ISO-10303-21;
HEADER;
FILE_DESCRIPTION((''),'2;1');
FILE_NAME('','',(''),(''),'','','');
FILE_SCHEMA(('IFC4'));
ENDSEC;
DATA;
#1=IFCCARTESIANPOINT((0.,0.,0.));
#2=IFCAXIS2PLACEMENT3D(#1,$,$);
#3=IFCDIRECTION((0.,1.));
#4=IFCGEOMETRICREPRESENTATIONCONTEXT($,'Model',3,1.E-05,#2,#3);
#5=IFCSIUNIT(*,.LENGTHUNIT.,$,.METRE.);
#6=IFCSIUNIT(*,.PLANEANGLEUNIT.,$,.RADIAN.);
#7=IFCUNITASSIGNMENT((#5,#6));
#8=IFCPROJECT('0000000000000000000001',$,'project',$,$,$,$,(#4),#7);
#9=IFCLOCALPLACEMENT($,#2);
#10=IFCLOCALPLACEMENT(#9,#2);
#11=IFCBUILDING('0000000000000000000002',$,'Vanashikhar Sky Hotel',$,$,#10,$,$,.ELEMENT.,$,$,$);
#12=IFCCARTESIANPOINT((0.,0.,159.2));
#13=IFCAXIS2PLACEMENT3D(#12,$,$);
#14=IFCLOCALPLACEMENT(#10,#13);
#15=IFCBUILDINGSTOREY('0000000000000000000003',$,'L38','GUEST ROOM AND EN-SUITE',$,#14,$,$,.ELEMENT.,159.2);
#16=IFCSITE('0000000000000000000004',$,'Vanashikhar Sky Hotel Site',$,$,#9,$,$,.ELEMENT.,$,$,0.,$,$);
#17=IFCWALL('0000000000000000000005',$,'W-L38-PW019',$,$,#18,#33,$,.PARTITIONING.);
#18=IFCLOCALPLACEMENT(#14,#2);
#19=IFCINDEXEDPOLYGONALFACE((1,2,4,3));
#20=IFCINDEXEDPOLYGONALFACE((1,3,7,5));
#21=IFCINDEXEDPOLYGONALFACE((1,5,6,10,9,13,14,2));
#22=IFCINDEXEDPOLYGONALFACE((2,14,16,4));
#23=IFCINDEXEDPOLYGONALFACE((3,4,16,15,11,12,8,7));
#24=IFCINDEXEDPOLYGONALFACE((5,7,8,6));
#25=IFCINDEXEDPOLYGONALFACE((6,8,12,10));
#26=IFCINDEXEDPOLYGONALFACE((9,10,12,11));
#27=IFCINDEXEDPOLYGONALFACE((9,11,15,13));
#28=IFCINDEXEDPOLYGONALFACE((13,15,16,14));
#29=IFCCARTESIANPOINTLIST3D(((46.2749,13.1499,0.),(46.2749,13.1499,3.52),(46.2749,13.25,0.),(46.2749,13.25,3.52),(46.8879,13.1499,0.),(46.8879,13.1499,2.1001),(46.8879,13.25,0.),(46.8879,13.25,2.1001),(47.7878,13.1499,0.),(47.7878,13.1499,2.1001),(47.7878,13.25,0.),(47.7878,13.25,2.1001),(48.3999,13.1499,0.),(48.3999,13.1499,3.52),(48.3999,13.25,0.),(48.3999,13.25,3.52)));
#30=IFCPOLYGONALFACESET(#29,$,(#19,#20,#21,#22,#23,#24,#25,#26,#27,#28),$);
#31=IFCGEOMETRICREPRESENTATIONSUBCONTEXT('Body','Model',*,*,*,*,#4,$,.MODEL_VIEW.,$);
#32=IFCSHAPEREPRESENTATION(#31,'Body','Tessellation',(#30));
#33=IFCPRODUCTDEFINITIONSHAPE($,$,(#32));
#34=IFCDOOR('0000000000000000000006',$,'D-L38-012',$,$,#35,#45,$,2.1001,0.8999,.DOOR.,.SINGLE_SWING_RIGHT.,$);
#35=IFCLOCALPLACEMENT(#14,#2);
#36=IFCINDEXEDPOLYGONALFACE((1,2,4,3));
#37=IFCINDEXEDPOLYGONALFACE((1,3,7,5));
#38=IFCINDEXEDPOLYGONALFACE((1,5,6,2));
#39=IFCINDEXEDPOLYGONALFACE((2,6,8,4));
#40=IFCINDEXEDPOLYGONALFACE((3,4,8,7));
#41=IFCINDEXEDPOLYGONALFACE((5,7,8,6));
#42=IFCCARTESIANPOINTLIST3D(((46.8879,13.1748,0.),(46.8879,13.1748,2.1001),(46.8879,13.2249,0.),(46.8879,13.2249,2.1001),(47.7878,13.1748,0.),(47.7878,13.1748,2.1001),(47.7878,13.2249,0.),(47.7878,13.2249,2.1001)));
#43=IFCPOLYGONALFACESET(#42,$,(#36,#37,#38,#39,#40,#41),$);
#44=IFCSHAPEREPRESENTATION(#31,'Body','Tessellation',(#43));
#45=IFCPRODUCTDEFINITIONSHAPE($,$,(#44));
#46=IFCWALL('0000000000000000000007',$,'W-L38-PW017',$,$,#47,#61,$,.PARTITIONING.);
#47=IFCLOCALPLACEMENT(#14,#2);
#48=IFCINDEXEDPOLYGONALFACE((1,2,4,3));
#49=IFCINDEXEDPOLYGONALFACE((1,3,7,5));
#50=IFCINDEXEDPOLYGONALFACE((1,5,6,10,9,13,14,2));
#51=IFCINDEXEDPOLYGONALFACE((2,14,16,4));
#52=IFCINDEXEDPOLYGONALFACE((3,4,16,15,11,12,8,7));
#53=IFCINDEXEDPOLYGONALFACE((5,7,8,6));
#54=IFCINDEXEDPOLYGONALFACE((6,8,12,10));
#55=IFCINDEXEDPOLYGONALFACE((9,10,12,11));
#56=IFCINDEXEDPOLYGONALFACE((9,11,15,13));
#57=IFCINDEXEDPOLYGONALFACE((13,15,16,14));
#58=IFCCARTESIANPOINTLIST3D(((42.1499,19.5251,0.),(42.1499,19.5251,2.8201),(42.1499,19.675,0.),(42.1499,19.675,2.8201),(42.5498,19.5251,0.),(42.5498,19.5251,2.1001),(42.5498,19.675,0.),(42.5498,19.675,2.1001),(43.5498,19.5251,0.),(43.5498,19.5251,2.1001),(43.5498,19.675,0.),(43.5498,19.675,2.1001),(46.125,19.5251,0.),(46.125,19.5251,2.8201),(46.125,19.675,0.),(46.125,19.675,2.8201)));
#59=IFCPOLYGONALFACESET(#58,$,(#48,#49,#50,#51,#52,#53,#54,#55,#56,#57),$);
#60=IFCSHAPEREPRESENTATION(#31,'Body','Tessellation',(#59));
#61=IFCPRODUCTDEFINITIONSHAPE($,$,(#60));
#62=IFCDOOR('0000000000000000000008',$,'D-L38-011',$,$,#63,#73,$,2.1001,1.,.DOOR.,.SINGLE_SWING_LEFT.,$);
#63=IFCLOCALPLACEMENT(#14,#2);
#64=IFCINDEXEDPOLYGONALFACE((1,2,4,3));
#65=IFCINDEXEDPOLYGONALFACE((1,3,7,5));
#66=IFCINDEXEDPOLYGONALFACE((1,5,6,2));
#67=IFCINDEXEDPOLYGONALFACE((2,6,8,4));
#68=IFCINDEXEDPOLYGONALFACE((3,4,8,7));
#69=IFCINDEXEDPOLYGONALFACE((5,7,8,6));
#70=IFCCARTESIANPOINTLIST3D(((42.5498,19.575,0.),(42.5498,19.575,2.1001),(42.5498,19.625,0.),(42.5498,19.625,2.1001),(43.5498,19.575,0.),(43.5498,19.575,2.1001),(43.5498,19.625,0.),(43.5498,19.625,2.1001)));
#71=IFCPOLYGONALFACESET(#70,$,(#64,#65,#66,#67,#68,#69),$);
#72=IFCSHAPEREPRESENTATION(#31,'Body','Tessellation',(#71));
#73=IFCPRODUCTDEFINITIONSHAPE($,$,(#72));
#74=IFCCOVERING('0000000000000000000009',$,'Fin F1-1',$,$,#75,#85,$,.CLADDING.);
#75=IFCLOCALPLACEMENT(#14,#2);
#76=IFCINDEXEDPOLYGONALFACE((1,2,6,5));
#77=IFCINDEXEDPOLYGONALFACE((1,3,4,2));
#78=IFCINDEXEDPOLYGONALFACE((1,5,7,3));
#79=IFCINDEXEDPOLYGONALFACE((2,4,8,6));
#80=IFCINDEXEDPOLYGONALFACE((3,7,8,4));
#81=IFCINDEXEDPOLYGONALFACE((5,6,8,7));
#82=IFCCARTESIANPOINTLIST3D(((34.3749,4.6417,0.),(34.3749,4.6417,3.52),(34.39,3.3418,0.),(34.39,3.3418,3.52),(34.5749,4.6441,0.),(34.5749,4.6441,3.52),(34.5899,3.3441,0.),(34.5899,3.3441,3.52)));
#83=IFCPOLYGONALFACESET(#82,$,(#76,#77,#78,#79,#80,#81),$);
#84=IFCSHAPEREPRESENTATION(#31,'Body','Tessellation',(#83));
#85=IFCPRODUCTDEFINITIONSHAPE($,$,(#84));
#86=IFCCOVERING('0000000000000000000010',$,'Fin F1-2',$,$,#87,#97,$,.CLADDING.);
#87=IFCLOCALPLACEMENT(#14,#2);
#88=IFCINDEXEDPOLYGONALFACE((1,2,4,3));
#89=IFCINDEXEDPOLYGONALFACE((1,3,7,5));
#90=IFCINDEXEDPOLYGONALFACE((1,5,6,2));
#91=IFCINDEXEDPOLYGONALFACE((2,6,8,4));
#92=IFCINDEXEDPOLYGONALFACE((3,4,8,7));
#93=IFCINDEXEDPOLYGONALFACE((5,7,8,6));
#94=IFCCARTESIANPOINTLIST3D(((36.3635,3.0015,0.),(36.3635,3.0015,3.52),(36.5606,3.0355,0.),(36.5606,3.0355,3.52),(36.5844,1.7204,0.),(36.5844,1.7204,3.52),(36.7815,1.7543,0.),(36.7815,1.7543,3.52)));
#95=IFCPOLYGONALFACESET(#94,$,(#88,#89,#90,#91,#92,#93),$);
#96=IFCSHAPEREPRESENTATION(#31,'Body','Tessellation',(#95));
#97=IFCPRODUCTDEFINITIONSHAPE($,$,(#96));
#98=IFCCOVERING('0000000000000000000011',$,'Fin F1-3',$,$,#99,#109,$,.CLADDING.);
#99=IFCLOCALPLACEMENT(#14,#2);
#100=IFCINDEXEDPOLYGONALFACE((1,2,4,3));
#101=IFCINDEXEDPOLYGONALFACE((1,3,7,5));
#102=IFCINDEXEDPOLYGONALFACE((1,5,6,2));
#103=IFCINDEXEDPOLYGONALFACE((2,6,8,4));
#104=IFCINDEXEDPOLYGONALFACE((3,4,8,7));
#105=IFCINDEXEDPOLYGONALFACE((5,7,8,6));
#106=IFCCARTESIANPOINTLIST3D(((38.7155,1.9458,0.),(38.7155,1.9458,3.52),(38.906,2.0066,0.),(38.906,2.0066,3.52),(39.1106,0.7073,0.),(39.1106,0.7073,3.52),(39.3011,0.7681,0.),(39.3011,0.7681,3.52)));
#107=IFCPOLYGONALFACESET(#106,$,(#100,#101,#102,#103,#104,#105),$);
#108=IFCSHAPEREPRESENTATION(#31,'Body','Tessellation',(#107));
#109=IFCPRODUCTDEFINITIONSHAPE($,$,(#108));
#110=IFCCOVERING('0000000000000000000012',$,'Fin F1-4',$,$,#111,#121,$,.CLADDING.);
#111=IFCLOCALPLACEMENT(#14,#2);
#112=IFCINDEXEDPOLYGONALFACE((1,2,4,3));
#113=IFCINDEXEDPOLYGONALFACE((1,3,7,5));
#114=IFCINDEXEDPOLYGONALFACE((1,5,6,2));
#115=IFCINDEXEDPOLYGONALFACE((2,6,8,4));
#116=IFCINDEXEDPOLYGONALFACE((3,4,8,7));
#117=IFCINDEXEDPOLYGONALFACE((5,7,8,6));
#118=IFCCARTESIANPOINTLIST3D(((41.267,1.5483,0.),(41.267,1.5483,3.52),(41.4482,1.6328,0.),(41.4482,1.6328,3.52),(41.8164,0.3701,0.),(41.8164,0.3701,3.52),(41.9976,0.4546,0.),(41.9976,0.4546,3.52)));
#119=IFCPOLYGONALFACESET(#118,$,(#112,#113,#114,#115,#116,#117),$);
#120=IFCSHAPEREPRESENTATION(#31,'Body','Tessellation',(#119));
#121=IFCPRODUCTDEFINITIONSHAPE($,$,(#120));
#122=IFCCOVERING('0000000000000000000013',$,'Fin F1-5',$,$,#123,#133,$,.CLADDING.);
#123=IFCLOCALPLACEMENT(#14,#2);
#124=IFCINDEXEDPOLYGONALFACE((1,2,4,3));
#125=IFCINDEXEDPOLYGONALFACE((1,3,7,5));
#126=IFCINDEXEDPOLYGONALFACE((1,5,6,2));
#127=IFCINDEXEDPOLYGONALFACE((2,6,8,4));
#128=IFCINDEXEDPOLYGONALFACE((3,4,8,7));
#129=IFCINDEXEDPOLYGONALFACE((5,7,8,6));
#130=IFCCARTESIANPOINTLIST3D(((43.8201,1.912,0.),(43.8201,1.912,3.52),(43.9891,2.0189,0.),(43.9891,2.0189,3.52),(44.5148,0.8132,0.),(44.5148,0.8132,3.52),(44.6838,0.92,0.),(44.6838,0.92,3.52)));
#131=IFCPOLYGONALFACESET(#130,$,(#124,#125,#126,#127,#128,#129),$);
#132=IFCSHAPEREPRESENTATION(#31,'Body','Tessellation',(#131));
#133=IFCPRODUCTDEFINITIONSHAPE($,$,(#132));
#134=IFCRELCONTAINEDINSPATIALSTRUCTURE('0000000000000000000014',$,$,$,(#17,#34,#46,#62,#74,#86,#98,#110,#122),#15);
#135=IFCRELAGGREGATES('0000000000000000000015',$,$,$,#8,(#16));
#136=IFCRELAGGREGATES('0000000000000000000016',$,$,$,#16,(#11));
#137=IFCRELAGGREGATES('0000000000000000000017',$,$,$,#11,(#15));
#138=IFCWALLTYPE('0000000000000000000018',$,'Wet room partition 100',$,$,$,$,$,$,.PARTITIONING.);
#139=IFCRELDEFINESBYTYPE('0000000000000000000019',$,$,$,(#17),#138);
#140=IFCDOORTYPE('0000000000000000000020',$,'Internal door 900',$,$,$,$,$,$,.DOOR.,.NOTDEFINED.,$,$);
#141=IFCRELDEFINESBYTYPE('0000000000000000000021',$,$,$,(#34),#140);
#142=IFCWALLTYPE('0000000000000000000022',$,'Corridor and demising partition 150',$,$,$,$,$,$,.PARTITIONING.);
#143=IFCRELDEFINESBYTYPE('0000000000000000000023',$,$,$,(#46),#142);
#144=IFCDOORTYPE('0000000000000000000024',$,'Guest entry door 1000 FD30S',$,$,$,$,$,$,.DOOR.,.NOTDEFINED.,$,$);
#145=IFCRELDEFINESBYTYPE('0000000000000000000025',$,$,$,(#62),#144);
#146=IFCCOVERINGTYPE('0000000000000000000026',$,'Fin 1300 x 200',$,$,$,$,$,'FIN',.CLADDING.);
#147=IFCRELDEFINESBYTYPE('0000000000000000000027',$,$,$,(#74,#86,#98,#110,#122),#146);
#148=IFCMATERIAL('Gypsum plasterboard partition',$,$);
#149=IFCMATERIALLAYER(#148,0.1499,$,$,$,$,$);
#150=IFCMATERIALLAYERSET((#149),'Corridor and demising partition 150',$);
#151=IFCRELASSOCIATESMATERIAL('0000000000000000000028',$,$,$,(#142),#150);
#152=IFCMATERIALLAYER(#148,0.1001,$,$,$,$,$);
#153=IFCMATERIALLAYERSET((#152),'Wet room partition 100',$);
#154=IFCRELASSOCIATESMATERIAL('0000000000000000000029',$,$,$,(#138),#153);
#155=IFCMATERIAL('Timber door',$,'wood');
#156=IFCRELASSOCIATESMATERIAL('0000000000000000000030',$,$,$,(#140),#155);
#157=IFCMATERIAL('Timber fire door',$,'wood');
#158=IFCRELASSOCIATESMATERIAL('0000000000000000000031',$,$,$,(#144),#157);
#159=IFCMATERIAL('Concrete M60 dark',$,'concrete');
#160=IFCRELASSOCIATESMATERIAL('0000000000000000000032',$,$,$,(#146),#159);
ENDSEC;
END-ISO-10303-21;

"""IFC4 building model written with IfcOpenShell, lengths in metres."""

from ifc_helpers import new_model, si_unit, direction, frame, frame_2d, origin, origin_2d, place, context, subcontext, project, spatial, rectangle, extrude, source, transform, mapped, material, layer, layer_set, material_profile, profile_set, type_object, element, fill, save


model = new_model("IFC4")

# Units and contexts
model_context = context("Model", 3, precision=1e-05, world=origin(), true_north=direction((0.0, 1.0)))
body_context = subcontext(model_context, "Body", "Model", "MODEL_VIEW")
ifc_project = project(units=[si_unit("LENGTHUNIT", "METRE"), si_unit("PLANEANGLEUNIT", "RADIAN")], contexts=[model_context])

# Site, building, storey
site_placement = place(None, origin())
site = spatial("IfcSite", under=ifc_project, at=site_placement, Name="Vanashikhar Sky Hotel Site", CompositionType="ELEMENT", RefElevation=0.0)
building_placement = place(site_placement, origin())
building = spatial("IfcBuilding", under=site, at=building_placement, Name="Vanashikhar Sky Hotel", CompositionType="ELEMENT")
storey_placement = place(building_placement, frame((0.0, 0.0, 159.2)))
storey = spatial("IfcBuildingStorey", under=building, at=storey_placement, Name="L38", Description="GUEST ROOM AND EN-SUITE", CompositionType="ELEMENT", Elevation=159.2)

# Shared definitions
ifc_material_1 = material(Name="Gypsum plasterboard partition")
ifc_layer_1 = layer(ifc_material_1, 0.1499)
ifc_layer_set_1 = layer_set([ifc_layer_1], Name="Corridor and demising partition 150")
wall_type_1 = type_object("IfcWallType", Name="Corridor and demising partition 150", PredefinedType="PARTITIONING", material=ifc_layer_set_1)
ifc_layer_2 = layer(ifc_material_1, 0.1001)
ifc_layer_set_2 = layer_set([ifc_layer_2], Name="Wet room partition 100")
wall_type_2 = type_object("IfcWallType", Name="Wet room partition 100", PredefinedType="PARTITIONING", material=ifc_layer_set_2)

# Walls, openings, doors
shared_shape_1 = source(origin(), body_context, "Body", "SweptSolid", [
    extrude(rectangle(XDim=2.125, YDim=0.1001, at=frame_2d((1.0625, 0.0))), origin(), (0.0, 0.0, 1.0), 3.52),
])
shared_shape_2 = source(origin(), body_context, "Body", "SweptSolid", [
    extrude(rectangle(XDim=0.8999, YDim=2.1001, at=frame_2d((0.45, 1.05))), frame((0.0, 0.0601, 0.0), z_axis=(0.0, -1.0, 0.0), x_axis=(1.0, 0.0, 0.0)), (0.0, 0.0, 1.0), 0.1201),
])
ifc_material_2 = material(Name="Timber door", Category="wood")
door_type_1 = type_object("IfcDoorType", Name="Internal door 900", OperationType="NOTDEFINED", PredefinedType="DOOR", material=ifc_material_2)
shared_shape_3 = source(origin(), body_context, "Body", "SweptSolid", [
    extrude(rectangle(XDim=0.8999, YDim=2.1001, at=frame_2d((0.45, 1.05))), frame((0.0, 0.0249, 0.0), z_axis=(0.0, -1.0, 0.0), x_axis=(1.0, 0.0, 0.0)), (0.0, 0.0, 1.0), 0.05),
])
wall_1_placement = place(storey_placement, frame((46.2749, 13.2, 0.0), z_axis=(0.0, 0.0, 1.0), x_axis=(1.0, 0.0, 0.0)))
wall_1 = element("IfcWall", 1, at=wall_1_placement, inside=storey, type_object=wall_type_2, Name="W-L38-PW019", PredefinedType="PARTITIONING", context=body_context, shape_type="MappedRepresentation", body=[
    mapped(shared_shape_1, transform((0.0, 0.0, 0.0), scale=1.0)),
])
opening_1_placement = place(wall_1_placement, frame((0.613, 0.0, 0.0)))
opening_1 = element("IfcOpeningElement", 2, at=opening_1_placement, cuts=wall_1, PredefinedType="OPENING", context=body_context, shape_type="MappedRepresentation", body=[
    mapped(shared_shape_2, transform((0.0, 0.0, 0.0), scale=1.0)),
])
door_1_placement = place(opening_1_placement, origin())
door_1 = element("IfcDoor", 3, at=door_1_placement, inside=storey, type_object=door_type_1, Name="D-L38-012", OperationType="SINGLE_SWING_RIGHT", OverallHeight=2.1001, OverallWidth=0.8999, PredefinedType="DOOR", context=body_context, shape_type="MappedRepresentation", body=[
    mapped(shared_shape_3, transform((0.0, 0.0, 0.0), scale=1.0)),
])
fill(opening_1, door_1)
shared_shape_4 = source(origin(), body_context, "Body", "SweptSolid", [
    extrude(rectangle(XDim=3.9751, YDim=0.1499, at=frame_2d((1.9875, 0.0))), origin(), (0.0, 0.0, 1.0), 2.8201),
])
wall_2_placement = place(storey_placement, frame((42.1499, 19.6001, 0.0), z_axis=(0.0, 0.0, 1.0), x_axis=(1.0, 0.0, 0.0)))
wall_2 = element("IfcWall", 4, at=wall_2_placement, inside=storey, type_object=wall_type_1, Name="W-L38-PW017", PredefinedType="PARTITIONING", context=body_context, shape_type="MappedRepresentation", body=[
    mapped(shared_shape_4, transform((0.0, 0.0, 0.0), scale=1.0)),
])
shared_shape_5 = source(origin(), body_context, "Body", "SweptSolid", [
    extrude(rectangle(XDim=1.0, YDim=2.1001, at=frame_2d((0.5, 1.05))), frame((0.0, 0.085, 0.0), z_axis=(0.0, -1.0, 0.0), x_axis=(1.0, 0.0, 0.0)), (0.0, 0.0, 1.0), 0.1699),
])
opening_2_placement = place(wall_2_placement, frame((0.3999, 0.0, 0.0)))
opening_2 = element("IfcOpeningElement", 5, at=opening_2_placement, cuts=wall_2, PredefinedType="OPENING", context=body_context, shape_type="MappedRepresentation", body=[
    mapped(shared_shape_5, transform((0.0, 0.0, 0.0), scale=1.0)),
])
ifc_material_3 = material(Name="Timber fire door", Category="wood")
door_type_2 = type_object("IfcDoorType", Name="Guest entry door 1000 FD30S", OperationType="NOTDEFINED", PredefinedType="DOOR", material=ifc_material_3)
shared_shape_6 = source(origin(), body_context, "Body", "SweptSolid", [
    extrude(rectangle(XDim=1.0, YDim=2.1001, at=frame_2d((0.5, 1.05))), frame((0.0, 0.0249, 0.0), z_axis=(0.0, -1.0, 0.0), x_axis=(1.0, 0.0, 0.0)), (0.0, 0.0, 1.0), 0.05),
])
door_2_placement = place(opening_2_placement, origin())
door_2 = element("IfcDoor", 6, at=door_2_placement, inside=storey, type_object=door_type_2, Name="D-L38-011", OperationType="SINGLE_SWING_LEFT", OverallHeight=2.1001, OverallWidth=1.0, PredefinedType="DOOR", context=body_context, shape_type="MappedRepresentation", body=[
    mapped(shared_shape_6, transform((0.0, 0.0, 0.0), scale=1.0)),
])
fill(opening_2, door_2)

# Coverings
ifc_material_4 = material(Name="Concrete M60 dark", Category="concrete")
ifc_material_profile_1 = material_profile(ifc_material_4, rectangle(XDim=1.3, YDim=0.2, at=origin_2d()))
ifc_profile_set_1 = profile_set([ifc_material_profile_1], Name="Fin 1300 x 200")
covering_type = type_object("IfcCoveringType", Name="Fin 1300 x 200", ElementType="FIN", PredefinedType="CLADDING", material=ifc_profile_set_1)
shared_shape_7 = source(origin(), body_context, "Body", "SweptSolid", [
    extrude(rectangle(XDim=1.3, YDim=0.2, at=origin_2d()), origin(), (0.0, 0.0, 1.0), 3.52),
])
for number, where, z_axis, x_axis, name in (
    (7, (34.4824, 3.9929, 0.0), (0.0, 0.0, 1.0), (0.011589, -0.999933, 0.0), "Fin F1-1"),
    (8, (36.5725, 2.3779, 0.0), (0.0, 0.0, 1.0), (0.1699, -0.985461, 0.0), "Fin F1-2"),
    (9, (39.0083, 1.3569, 0.0), (0.0, 0.0, 1.0), (0.303967, -0.952683, 0.0), "Fin F1-3"),
    (10, (41.6323, 1.0015, 0.0), (0.0, 0.0, 1.0), (0.422618, -0.906308, 0.0), "Fin F1-4"),
    (11, (44.252, 1.416, 0.0), (0.0, 0.0, 1.0), (0.534411, -0.845225, 0.0), "Fin F1-5"),
):
    element("IfcCovering", number, at=place(storey_placement, frame(where, z_axis=z_axis, x_axis=x_axis)), inside=storey, type_object=covering_type, Name=name, PredefinedType="CLADDING", context=body_context, shape_type="MappedRepresentation", body=[
        mapped(shared_shape_7, transform((0.0, 0.0, 0.0), scale=1.0)),
    ])

save(model, "model.ifc")
